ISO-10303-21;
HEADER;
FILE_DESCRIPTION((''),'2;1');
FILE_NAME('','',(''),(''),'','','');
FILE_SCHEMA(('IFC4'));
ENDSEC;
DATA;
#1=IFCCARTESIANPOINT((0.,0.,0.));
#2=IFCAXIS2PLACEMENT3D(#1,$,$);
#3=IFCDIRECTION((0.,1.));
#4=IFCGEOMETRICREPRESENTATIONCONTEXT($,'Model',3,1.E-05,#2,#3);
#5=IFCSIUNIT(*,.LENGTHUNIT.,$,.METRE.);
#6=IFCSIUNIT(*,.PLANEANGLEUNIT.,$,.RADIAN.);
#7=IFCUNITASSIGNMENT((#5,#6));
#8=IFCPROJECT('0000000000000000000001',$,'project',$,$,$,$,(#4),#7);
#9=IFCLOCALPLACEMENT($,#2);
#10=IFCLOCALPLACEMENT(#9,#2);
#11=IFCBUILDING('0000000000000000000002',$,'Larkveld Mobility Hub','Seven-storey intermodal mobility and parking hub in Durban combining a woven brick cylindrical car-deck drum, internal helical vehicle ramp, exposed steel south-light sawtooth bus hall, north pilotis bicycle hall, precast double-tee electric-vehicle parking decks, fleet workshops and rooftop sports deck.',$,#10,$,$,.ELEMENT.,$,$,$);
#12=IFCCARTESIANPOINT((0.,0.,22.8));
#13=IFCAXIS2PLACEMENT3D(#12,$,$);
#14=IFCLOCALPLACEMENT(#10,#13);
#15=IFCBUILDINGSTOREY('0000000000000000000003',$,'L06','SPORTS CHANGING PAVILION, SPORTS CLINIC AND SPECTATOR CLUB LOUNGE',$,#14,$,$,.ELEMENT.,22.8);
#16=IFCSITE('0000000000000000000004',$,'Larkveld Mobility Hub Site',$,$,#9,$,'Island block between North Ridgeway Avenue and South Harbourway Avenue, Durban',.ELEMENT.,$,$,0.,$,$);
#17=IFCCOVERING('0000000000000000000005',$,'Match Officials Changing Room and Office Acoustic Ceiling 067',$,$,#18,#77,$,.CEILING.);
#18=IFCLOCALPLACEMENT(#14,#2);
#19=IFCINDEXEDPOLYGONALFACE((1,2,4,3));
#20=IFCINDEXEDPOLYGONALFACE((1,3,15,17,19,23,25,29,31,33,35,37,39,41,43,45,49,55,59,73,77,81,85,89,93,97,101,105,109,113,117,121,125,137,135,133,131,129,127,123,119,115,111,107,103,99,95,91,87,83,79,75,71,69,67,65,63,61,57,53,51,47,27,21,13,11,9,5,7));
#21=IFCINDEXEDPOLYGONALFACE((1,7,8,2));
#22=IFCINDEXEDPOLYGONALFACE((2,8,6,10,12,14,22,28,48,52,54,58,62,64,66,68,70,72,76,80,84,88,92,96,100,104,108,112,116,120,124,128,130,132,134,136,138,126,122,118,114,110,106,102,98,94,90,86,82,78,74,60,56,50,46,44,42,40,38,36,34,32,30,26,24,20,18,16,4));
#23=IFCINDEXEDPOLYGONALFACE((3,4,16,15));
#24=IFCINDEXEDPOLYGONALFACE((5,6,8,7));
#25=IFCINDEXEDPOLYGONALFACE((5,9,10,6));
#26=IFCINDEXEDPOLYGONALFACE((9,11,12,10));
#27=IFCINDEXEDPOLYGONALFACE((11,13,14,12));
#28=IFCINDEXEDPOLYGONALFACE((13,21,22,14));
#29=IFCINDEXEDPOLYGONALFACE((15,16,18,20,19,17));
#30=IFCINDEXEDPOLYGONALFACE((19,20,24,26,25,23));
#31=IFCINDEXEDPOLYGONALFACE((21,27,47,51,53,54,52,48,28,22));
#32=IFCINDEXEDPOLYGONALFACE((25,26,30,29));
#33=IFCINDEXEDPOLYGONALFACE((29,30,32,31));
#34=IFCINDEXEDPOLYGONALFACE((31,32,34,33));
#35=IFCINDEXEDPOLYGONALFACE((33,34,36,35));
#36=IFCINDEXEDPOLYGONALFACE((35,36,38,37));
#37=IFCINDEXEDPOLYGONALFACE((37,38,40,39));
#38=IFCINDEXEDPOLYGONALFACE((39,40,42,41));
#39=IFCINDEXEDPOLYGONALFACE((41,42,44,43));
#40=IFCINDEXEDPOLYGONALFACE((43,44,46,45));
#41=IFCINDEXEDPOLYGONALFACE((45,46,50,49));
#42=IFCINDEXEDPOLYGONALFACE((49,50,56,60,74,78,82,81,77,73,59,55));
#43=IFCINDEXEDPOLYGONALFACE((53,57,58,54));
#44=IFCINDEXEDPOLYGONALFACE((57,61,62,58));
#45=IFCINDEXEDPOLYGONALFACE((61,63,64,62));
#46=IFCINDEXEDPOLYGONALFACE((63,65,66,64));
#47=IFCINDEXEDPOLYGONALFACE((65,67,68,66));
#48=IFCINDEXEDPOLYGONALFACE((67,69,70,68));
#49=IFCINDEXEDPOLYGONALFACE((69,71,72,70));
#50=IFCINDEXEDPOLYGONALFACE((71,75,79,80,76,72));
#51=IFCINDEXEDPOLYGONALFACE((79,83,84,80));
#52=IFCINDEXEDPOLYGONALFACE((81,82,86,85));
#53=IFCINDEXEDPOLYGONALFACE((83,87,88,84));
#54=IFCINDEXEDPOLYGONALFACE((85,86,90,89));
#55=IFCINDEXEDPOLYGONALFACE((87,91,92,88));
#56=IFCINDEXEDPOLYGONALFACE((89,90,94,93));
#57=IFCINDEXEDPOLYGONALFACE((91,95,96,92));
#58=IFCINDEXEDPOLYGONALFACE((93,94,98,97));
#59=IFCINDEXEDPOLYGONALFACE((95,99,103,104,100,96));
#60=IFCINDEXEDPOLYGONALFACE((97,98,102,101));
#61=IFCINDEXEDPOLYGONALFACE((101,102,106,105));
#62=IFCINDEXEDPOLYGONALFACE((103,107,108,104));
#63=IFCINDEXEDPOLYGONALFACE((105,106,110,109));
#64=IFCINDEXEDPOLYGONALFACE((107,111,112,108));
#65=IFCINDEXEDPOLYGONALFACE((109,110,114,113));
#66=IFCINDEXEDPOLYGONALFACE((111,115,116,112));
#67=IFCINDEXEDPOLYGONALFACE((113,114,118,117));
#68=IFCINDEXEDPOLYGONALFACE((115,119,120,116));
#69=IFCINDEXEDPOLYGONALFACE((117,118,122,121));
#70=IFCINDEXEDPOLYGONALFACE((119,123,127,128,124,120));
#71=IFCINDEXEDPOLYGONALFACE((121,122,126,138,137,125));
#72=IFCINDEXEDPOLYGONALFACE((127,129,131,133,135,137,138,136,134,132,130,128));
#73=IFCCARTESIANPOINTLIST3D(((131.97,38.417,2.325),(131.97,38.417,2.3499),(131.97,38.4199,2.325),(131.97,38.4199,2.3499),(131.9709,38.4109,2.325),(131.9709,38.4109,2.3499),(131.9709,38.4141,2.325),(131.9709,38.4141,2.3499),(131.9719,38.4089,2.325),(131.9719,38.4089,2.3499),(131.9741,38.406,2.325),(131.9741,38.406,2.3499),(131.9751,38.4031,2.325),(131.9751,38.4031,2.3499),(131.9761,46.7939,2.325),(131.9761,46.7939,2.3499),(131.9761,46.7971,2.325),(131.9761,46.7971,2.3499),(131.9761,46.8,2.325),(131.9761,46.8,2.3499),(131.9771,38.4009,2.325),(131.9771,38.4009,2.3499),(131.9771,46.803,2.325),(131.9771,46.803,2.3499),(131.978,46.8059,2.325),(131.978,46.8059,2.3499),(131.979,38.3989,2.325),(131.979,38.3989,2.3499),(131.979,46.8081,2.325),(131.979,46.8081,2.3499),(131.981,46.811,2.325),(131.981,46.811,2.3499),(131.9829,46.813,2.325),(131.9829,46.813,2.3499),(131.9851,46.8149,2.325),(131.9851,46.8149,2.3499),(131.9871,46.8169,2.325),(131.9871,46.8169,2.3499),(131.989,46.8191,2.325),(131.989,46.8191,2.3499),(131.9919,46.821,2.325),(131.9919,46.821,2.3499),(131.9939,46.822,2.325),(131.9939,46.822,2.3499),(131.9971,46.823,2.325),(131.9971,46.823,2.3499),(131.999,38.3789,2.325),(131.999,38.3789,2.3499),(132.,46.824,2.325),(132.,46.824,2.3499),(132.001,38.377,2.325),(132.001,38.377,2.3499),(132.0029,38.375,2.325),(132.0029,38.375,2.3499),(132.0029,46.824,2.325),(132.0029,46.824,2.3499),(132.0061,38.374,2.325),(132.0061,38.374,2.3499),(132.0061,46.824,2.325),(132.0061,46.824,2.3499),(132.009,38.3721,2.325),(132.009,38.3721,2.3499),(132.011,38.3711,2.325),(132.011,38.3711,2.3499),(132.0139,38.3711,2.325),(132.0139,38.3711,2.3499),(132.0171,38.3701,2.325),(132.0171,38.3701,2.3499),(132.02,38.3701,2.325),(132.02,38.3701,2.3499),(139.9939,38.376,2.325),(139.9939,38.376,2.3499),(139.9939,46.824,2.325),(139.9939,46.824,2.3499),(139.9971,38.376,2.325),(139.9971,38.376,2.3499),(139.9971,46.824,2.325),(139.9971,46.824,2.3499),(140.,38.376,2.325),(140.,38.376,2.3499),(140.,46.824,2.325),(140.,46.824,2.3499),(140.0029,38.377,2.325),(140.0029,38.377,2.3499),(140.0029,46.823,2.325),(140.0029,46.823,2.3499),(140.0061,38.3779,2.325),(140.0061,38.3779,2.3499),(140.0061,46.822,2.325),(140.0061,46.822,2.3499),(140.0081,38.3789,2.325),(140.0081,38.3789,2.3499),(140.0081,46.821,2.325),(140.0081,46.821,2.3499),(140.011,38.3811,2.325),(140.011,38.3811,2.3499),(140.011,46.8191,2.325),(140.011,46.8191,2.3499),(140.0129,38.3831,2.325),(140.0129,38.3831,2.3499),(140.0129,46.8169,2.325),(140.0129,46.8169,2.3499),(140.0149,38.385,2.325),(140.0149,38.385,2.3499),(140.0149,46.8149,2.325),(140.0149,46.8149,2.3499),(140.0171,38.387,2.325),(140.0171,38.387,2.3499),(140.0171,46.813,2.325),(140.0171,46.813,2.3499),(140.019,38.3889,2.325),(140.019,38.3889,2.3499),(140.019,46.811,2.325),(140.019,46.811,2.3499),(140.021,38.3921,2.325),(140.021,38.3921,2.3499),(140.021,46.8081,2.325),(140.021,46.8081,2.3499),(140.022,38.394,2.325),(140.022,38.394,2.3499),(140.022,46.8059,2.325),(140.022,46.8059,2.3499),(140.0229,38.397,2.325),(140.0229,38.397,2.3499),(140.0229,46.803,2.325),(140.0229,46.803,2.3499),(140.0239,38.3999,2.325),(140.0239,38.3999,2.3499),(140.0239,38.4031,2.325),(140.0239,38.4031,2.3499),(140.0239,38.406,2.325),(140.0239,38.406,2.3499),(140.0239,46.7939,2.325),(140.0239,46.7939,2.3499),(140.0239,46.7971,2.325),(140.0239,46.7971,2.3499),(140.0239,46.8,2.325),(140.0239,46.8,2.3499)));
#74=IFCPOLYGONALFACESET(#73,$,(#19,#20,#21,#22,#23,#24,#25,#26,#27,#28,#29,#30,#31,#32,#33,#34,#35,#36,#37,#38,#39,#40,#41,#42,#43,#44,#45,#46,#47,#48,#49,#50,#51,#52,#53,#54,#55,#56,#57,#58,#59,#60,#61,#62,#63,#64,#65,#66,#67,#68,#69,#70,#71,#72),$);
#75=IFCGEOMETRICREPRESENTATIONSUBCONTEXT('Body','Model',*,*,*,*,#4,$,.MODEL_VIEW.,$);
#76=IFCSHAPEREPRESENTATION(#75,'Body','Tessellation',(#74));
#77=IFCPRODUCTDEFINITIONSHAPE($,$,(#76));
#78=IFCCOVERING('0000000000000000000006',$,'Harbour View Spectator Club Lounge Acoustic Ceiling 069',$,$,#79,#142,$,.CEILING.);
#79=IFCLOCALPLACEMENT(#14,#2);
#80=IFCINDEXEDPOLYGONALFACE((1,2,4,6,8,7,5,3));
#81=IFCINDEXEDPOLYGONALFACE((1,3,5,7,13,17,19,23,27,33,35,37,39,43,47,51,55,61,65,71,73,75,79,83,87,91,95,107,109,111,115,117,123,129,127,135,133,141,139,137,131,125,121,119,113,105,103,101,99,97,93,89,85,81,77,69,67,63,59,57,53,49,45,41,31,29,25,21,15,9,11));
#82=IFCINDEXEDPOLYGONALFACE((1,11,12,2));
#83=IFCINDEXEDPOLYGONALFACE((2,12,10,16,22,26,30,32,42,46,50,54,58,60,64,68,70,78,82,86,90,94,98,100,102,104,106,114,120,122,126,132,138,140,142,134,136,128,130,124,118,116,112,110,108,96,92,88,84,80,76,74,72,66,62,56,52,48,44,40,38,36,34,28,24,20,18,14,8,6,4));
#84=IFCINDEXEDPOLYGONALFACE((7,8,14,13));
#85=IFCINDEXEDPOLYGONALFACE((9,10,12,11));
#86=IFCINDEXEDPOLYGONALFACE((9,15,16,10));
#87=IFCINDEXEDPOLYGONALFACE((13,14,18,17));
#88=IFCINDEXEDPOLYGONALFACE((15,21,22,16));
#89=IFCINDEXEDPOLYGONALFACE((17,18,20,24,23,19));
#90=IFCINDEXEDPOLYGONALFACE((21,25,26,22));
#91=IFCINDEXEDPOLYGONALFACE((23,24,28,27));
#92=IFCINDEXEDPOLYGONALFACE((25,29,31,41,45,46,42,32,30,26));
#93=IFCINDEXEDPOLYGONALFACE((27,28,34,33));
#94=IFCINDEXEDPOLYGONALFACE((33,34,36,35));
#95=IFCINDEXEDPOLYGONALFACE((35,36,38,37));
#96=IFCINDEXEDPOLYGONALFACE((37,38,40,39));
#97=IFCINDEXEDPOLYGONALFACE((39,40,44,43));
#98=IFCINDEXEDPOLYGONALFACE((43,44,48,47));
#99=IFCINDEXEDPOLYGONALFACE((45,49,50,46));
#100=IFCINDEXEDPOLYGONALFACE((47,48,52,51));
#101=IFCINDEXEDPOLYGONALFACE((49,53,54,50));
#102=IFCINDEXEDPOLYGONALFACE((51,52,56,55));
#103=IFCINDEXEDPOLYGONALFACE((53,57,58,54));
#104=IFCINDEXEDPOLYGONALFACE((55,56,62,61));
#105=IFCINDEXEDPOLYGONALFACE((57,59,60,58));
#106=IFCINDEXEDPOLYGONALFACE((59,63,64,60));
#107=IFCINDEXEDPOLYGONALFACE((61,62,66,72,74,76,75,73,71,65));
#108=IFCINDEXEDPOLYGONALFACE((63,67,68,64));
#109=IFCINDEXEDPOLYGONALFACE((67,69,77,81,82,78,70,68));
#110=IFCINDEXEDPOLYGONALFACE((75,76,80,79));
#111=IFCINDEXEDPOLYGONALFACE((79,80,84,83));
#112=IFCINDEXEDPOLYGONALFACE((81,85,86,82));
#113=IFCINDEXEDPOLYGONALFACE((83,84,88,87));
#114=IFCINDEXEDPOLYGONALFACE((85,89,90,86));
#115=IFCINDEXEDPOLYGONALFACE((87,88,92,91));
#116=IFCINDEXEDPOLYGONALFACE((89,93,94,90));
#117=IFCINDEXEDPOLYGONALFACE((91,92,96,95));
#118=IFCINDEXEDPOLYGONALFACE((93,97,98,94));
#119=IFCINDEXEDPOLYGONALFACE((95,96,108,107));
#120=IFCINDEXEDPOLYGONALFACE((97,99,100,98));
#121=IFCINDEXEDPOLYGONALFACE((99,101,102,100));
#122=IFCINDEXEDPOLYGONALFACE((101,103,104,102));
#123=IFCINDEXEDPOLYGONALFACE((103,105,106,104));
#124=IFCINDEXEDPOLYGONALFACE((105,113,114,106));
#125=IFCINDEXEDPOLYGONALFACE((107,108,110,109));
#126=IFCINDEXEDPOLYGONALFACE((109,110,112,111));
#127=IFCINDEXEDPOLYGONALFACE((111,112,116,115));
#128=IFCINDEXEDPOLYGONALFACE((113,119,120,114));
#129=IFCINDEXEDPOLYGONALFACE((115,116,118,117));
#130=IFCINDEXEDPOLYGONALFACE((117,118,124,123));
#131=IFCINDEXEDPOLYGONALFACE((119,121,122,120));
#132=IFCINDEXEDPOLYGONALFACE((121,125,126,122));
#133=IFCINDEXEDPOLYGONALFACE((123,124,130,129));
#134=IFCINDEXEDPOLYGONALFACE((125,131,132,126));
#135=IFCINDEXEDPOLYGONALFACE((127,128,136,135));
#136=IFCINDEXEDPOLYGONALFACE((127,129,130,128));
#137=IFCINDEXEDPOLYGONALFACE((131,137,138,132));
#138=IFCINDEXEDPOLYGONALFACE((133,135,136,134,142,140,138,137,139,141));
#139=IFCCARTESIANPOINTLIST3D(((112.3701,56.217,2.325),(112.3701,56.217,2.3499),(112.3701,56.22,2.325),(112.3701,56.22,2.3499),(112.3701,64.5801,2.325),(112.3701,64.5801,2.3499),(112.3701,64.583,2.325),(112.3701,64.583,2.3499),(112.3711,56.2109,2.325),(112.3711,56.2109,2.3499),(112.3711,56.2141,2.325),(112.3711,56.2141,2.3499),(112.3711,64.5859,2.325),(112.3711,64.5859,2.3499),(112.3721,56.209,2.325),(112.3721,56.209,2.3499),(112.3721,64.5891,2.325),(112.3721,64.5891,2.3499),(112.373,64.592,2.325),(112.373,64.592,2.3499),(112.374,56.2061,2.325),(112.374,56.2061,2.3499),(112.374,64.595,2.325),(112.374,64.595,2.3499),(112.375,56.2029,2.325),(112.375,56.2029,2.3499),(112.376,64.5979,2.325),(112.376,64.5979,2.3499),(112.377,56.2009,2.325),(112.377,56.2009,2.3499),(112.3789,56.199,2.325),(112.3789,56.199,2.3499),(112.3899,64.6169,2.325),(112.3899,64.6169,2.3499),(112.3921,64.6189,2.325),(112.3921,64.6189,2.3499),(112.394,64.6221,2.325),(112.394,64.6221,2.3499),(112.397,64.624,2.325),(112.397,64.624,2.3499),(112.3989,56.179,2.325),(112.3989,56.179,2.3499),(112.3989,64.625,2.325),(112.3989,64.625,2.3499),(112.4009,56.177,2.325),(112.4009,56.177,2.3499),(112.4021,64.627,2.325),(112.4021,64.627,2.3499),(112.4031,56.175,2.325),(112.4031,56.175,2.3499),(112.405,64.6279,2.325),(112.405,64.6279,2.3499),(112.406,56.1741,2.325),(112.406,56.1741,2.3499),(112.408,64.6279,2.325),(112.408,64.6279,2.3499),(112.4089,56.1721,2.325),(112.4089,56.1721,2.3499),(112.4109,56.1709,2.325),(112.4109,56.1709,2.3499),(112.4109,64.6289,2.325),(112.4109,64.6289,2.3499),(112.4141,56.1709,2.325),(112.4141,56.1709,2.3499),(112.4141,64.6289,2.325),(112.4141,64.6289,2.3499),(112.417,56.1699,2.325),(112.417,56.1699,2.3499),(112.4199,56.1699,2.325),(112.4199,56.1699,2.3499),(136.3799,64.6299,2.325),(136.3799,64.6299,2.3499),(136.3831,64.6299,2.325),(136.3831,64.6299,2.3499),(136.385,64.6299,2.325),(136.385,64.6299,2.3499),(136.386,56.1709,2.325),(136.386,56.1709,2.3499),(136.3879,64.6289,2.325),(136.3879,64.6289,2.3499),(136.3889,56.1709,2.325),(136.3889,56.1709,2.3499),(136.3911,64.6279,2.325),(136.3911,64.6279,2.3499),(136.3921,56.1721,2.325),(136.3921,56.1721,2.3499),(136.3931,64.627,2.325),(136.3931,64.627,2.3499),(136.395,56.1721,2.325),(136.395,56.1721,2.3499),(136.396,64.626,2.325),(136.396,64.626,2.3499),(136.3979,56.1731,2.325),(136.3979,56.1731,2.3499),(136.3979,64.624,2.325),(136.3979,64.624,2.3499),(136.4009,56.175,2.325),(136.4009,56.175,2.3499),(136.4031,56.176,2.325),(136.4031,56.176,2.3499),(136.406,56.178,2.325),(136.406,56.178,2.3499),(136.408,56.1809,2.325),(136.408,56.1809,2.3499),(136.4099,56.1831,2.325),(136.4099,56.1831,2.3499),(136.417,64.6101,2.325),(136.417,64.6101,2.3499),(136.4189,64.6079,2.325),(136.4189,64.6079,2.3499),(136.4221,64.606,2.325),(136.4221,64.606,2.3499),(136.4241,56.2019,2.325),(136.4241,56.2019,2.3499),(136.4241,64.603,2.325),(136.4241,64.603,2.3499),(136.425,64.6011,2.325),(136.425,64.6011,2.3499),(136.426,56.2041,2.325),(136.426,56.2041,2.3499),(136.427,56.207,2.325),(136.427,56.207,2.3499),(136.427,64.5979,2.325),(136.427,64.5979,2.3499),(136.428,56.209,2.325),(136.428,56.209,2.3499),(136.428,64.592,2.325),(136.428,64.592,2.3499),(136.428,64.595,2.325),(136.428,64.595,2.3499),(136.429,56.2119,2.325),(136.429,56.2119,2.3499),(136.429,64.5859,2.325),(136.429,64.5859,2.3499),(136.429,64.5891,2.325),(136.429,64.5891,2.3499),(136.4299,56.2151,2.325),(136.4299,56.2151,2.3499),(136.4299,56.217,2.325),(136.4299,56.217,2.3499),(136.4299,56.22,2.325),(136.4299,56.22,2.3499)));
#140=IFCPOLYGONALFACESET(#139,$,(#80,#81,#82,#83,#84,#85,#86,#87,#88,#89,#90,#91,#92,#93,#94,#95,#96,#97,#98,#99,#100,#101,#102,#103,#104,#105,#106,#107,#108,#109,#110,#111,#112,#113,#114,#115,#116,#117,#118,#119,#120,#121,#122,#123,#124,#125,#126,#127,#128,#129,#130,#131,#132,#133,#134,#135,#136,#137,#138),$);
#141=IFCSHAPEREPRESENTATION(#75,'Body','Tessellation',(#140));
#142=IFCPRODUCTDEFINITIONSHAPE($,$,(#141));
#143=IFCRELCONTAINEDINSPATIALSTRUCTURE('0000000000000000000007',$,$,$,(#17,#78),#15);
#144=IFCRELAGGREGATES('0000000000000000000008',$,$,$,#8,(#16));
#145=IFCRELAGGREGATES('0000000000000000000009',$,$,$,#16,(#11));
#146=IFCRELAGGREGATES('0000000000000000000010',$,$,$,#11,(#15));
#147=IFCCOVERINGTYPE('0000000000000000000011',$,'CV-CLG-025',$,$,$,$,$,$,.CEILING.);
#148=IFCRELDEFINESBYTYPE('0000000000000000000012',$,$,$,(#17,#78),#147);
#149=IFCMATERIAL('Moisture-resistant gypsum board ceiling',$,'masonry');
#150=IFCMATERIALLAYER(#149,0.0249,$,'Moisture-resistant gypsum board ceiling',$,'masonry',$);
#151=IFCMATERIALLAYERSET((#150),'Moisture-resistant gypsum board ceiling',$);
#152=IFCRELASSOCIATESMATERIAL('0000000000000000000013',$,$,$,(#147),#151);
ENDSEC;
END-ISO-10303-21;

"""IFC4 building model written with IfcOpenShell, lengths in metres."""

from ifc_helpers import new_model, si_unit, direction, frame, origin, place, context, subcontext, project, spatial, polyline, outline, extrude, material, layer, layer_set, type_object, element, save


model = new_model("IFC4")

# Units and contexts
model_context = context("Model", 3, precision=1e-05, world=origin(), true_north=direction((0.0, 1.0)))
body_context = subcontext(model_context, "Body", "Model", "MODEL_VIEW")
ifc_project = project(units=[si_unit("LENGTHUNIT", "METRE"), si_unit("PLANEANGLEUNIT", "RADIAN")], contexts=[model_context])

# Site, building, storey
site_placement = place(None, origin())
site = spatial("IfcSite", under=ifc_project, at=site_placement, Name="Larkveld Mobility Hub Site", LongName="Island block between North Ridgeway Avenue and South Harbourway Avenue, Durban", CompositionType="ELEMENT", RefElevation=0.0)
building_placement = place(site_placement, origin())
building = spatial("IfcBuilding", under=site, at=building_placement, Name="Larkveld Mobility Hub", Description="Seven-storey intermodal mobility and parking hub in Durban combining a woven brick cylindrical car-deck drum, internal helical vehicle ramp, exposed steel south-light sawtooth bus hall, north pilotis bicycle hall, precast double-tee electric-vehicle parking decks, fleet workshops and rooftop sports deck.", CompositionType="ELEMENT")
storey_placement = place(building_placement, frame((0.0, 0.0, 22.8)))
storey = spatial("IfcBuildingStorey", under=building, at=storey_placement, Name="L06", Description="SPORTS CHANGING PAVILION, SPORTS CLINIC AND SPECTATOR CLUB LOUNGE", CompositionType="ELEMENT", Elevation=22.8)

# Coverings
ifc_material_1 = material(Name="Moisture-resistant gypsum board ceiling", Category="masonry")
ifc_layer_1 = layer(ifc_material_1, 0.0249, Name="Moisture-resistant gypsum board ceiling", Category="masonry")
ifc_layer_set_1 = layer_set([ifc_layer_1], Name="Moisture-resistant gypsum board ceiling")
covering_type_1 = type_object("IfcCoveringType", Name="CV-CLG-025", PredefinedType="CEILING", material=ifc_layer_set_1)
covering_1_placement = place(storey_placement, frame((0.0, 0.0, 2.325)))
element("IfcCovering", 1, at=covering_1_placement, inside=storey, type_object=covering_type_1, Name="Match Officials Changing Room and Office Acoustic Ceiling 067", PredefinedType="CEILING", context=body_context, shape_type="SweptSolid", body=[
    extrude(outline(polyline([(132.02, 38.3701), (132.0171, 38.3701), (132.0139, 38.3711), (132.011, 38.3711), (132.009, 38.3721), (132.0061, 38.374), (132.0029, 38.375), (132.001, 38.377), (131.999, 38.3789), (131.979, 38.3989), (131.9771, 38.4009), (131.9751, 38.4031), (131.9741, 38.406), (131.9719, 38.4089), (131.9709, 38.4109), (131.9709, 38.4141), (131.97, 38.417), (131.97, 38.4199), (131.9761, 46.7939), (131.9761, 46.7971), (131.9761, 46.8), (131.9771, 46.803), (131.978, 46.8059), (131.979, 46.8081), (131.981, 46.811), (131.9829, 46.813), (131.9851, 46.8149), (131.9871, 46.8169), (131.989, 46.8191), (131.9919, 46.821), (131.9939, 46.822), (131.9971, 46.823), (132.0, 46.824), (132.0029, 46.824), (132.0061, 46.824), (139.9939, 46.824), (139.9971, 46.824), (140.0, 46.824), (140.0029, 46.823), (140.0061, 46.822), (140.0081, 46.821), (140.011, 46.8191), (140.0129, 46.8169), (140.0149, 46.8149), (140.0171, 46.813), (140.019, 46.811), (140.021, 46.8081), (140.022, 46.8059), (140.0229, 46.803), (140.0239, 46.8), (140.0239, 46.7971), (140.0239, 46.7939), (140.0239, 38.406), (140.0239, 38.4031), (140.0239, 38.3999), (140.0229, 38.397), (140.022, 38.394), (140.021, 38.3921), (140.019, 38.3889), (140.0171, 38.387), (140.0149, 38.385), (140.0129, 38.3831), (140.011, 38.3811), (140.0081, 38.3789), (140.0061, 38.3779), (140.0029, 38.377), (140.0, 38.376), (139.9971, 38.376), (139.9939, 38.376), (132.02, 38.3701)])), origin(), (0.0, 0.0, 1.0), 0.0249),
])
covering_2_placement = place(storey_placement, frame((0.0, 0.0, 2.325)))
element("IfcCovering", 2, at=covering_2_placement, inside=storey, type_object=covering_type_1, Name="Harbour View Spectator Club Lounge Acoustic Ceiling 069", PredefinedType="CEILING", context=body_context, shape_type="SweptSolid", body=[
    extrude(outline(polyline([(112.4199, 56.1699), (112.417, 56.1699), (112.4141, 56.1709), (112.4109, 56.1709), (112.4089, 56.1721), (112.406, 56.1741), (112.4031, 56.175), (112.4009, 56.177), (112.3989, 56.179), (112.3789, 56.199), (112.377, 56.2009), (112.375, 56.2029), (112.374, 56.2061), (112.3721, 56.209), (112.3711, 56.2109), (112.3711, 56.2141), (112.3701, 56.217), (112.3701, 56.22), (112.3701, 64.5801), (112.3701, 64.583), (112.3711, 64.5859), (112.3721, 64.5891), (112.373, 64.592), (112.374, 64.595), (112.376, 64.5979), (112.3899, 64.6169), (112.3921, 64.6189), (112.394, 64.6221), (112.397, 64.624), (112.3989, 64.625), (112.4021, 64.627), (112.405, 64.6279), (112.408, 64.6279), (112.4109, 64.6289), (112.4141, 64.6289), (136.3799, 64.6299), (136.3831, 64.6299), (136.385, 64.6299), (136.3879, 64.6289), (136.3911, 64.6279), (136.3931, 64.627), (136.396, 64.626), (136.3979, 64.624), (136.417, 64.6101), (136.4189, 64.6079), (136.4221, 64.606), (136.4241, 64.603), (136.425, 64.6011), (136.427, 64.5979), (136.428, 64.595), (136.428, 64.592), (136.429, 64.5891), (136.429, 64.5859), (136.4299, 56.22), (136.4299, 56.217), (136.4299, 56.2151), (136.429, 56.2119), (136.428, 56.209), (136.427, 56.207), (136.426, 56.2041), (136.4241, 56.2019), (136.4099, 56.1831), (136.408, 56.1809), (136.406, 56.178), (136.4031, 56.176), (136.4009, 56.175), (136.3979, 56.1731), (136.395, 56.1721), (136.3921, 56.1721), (136.3889, 56.1709), (136.386, 56.1709), (112.4199, 56.1699)])), origin(), (0.0, 0.0, 1.0), 0.0249),
])

save(model, "model.ifc")
